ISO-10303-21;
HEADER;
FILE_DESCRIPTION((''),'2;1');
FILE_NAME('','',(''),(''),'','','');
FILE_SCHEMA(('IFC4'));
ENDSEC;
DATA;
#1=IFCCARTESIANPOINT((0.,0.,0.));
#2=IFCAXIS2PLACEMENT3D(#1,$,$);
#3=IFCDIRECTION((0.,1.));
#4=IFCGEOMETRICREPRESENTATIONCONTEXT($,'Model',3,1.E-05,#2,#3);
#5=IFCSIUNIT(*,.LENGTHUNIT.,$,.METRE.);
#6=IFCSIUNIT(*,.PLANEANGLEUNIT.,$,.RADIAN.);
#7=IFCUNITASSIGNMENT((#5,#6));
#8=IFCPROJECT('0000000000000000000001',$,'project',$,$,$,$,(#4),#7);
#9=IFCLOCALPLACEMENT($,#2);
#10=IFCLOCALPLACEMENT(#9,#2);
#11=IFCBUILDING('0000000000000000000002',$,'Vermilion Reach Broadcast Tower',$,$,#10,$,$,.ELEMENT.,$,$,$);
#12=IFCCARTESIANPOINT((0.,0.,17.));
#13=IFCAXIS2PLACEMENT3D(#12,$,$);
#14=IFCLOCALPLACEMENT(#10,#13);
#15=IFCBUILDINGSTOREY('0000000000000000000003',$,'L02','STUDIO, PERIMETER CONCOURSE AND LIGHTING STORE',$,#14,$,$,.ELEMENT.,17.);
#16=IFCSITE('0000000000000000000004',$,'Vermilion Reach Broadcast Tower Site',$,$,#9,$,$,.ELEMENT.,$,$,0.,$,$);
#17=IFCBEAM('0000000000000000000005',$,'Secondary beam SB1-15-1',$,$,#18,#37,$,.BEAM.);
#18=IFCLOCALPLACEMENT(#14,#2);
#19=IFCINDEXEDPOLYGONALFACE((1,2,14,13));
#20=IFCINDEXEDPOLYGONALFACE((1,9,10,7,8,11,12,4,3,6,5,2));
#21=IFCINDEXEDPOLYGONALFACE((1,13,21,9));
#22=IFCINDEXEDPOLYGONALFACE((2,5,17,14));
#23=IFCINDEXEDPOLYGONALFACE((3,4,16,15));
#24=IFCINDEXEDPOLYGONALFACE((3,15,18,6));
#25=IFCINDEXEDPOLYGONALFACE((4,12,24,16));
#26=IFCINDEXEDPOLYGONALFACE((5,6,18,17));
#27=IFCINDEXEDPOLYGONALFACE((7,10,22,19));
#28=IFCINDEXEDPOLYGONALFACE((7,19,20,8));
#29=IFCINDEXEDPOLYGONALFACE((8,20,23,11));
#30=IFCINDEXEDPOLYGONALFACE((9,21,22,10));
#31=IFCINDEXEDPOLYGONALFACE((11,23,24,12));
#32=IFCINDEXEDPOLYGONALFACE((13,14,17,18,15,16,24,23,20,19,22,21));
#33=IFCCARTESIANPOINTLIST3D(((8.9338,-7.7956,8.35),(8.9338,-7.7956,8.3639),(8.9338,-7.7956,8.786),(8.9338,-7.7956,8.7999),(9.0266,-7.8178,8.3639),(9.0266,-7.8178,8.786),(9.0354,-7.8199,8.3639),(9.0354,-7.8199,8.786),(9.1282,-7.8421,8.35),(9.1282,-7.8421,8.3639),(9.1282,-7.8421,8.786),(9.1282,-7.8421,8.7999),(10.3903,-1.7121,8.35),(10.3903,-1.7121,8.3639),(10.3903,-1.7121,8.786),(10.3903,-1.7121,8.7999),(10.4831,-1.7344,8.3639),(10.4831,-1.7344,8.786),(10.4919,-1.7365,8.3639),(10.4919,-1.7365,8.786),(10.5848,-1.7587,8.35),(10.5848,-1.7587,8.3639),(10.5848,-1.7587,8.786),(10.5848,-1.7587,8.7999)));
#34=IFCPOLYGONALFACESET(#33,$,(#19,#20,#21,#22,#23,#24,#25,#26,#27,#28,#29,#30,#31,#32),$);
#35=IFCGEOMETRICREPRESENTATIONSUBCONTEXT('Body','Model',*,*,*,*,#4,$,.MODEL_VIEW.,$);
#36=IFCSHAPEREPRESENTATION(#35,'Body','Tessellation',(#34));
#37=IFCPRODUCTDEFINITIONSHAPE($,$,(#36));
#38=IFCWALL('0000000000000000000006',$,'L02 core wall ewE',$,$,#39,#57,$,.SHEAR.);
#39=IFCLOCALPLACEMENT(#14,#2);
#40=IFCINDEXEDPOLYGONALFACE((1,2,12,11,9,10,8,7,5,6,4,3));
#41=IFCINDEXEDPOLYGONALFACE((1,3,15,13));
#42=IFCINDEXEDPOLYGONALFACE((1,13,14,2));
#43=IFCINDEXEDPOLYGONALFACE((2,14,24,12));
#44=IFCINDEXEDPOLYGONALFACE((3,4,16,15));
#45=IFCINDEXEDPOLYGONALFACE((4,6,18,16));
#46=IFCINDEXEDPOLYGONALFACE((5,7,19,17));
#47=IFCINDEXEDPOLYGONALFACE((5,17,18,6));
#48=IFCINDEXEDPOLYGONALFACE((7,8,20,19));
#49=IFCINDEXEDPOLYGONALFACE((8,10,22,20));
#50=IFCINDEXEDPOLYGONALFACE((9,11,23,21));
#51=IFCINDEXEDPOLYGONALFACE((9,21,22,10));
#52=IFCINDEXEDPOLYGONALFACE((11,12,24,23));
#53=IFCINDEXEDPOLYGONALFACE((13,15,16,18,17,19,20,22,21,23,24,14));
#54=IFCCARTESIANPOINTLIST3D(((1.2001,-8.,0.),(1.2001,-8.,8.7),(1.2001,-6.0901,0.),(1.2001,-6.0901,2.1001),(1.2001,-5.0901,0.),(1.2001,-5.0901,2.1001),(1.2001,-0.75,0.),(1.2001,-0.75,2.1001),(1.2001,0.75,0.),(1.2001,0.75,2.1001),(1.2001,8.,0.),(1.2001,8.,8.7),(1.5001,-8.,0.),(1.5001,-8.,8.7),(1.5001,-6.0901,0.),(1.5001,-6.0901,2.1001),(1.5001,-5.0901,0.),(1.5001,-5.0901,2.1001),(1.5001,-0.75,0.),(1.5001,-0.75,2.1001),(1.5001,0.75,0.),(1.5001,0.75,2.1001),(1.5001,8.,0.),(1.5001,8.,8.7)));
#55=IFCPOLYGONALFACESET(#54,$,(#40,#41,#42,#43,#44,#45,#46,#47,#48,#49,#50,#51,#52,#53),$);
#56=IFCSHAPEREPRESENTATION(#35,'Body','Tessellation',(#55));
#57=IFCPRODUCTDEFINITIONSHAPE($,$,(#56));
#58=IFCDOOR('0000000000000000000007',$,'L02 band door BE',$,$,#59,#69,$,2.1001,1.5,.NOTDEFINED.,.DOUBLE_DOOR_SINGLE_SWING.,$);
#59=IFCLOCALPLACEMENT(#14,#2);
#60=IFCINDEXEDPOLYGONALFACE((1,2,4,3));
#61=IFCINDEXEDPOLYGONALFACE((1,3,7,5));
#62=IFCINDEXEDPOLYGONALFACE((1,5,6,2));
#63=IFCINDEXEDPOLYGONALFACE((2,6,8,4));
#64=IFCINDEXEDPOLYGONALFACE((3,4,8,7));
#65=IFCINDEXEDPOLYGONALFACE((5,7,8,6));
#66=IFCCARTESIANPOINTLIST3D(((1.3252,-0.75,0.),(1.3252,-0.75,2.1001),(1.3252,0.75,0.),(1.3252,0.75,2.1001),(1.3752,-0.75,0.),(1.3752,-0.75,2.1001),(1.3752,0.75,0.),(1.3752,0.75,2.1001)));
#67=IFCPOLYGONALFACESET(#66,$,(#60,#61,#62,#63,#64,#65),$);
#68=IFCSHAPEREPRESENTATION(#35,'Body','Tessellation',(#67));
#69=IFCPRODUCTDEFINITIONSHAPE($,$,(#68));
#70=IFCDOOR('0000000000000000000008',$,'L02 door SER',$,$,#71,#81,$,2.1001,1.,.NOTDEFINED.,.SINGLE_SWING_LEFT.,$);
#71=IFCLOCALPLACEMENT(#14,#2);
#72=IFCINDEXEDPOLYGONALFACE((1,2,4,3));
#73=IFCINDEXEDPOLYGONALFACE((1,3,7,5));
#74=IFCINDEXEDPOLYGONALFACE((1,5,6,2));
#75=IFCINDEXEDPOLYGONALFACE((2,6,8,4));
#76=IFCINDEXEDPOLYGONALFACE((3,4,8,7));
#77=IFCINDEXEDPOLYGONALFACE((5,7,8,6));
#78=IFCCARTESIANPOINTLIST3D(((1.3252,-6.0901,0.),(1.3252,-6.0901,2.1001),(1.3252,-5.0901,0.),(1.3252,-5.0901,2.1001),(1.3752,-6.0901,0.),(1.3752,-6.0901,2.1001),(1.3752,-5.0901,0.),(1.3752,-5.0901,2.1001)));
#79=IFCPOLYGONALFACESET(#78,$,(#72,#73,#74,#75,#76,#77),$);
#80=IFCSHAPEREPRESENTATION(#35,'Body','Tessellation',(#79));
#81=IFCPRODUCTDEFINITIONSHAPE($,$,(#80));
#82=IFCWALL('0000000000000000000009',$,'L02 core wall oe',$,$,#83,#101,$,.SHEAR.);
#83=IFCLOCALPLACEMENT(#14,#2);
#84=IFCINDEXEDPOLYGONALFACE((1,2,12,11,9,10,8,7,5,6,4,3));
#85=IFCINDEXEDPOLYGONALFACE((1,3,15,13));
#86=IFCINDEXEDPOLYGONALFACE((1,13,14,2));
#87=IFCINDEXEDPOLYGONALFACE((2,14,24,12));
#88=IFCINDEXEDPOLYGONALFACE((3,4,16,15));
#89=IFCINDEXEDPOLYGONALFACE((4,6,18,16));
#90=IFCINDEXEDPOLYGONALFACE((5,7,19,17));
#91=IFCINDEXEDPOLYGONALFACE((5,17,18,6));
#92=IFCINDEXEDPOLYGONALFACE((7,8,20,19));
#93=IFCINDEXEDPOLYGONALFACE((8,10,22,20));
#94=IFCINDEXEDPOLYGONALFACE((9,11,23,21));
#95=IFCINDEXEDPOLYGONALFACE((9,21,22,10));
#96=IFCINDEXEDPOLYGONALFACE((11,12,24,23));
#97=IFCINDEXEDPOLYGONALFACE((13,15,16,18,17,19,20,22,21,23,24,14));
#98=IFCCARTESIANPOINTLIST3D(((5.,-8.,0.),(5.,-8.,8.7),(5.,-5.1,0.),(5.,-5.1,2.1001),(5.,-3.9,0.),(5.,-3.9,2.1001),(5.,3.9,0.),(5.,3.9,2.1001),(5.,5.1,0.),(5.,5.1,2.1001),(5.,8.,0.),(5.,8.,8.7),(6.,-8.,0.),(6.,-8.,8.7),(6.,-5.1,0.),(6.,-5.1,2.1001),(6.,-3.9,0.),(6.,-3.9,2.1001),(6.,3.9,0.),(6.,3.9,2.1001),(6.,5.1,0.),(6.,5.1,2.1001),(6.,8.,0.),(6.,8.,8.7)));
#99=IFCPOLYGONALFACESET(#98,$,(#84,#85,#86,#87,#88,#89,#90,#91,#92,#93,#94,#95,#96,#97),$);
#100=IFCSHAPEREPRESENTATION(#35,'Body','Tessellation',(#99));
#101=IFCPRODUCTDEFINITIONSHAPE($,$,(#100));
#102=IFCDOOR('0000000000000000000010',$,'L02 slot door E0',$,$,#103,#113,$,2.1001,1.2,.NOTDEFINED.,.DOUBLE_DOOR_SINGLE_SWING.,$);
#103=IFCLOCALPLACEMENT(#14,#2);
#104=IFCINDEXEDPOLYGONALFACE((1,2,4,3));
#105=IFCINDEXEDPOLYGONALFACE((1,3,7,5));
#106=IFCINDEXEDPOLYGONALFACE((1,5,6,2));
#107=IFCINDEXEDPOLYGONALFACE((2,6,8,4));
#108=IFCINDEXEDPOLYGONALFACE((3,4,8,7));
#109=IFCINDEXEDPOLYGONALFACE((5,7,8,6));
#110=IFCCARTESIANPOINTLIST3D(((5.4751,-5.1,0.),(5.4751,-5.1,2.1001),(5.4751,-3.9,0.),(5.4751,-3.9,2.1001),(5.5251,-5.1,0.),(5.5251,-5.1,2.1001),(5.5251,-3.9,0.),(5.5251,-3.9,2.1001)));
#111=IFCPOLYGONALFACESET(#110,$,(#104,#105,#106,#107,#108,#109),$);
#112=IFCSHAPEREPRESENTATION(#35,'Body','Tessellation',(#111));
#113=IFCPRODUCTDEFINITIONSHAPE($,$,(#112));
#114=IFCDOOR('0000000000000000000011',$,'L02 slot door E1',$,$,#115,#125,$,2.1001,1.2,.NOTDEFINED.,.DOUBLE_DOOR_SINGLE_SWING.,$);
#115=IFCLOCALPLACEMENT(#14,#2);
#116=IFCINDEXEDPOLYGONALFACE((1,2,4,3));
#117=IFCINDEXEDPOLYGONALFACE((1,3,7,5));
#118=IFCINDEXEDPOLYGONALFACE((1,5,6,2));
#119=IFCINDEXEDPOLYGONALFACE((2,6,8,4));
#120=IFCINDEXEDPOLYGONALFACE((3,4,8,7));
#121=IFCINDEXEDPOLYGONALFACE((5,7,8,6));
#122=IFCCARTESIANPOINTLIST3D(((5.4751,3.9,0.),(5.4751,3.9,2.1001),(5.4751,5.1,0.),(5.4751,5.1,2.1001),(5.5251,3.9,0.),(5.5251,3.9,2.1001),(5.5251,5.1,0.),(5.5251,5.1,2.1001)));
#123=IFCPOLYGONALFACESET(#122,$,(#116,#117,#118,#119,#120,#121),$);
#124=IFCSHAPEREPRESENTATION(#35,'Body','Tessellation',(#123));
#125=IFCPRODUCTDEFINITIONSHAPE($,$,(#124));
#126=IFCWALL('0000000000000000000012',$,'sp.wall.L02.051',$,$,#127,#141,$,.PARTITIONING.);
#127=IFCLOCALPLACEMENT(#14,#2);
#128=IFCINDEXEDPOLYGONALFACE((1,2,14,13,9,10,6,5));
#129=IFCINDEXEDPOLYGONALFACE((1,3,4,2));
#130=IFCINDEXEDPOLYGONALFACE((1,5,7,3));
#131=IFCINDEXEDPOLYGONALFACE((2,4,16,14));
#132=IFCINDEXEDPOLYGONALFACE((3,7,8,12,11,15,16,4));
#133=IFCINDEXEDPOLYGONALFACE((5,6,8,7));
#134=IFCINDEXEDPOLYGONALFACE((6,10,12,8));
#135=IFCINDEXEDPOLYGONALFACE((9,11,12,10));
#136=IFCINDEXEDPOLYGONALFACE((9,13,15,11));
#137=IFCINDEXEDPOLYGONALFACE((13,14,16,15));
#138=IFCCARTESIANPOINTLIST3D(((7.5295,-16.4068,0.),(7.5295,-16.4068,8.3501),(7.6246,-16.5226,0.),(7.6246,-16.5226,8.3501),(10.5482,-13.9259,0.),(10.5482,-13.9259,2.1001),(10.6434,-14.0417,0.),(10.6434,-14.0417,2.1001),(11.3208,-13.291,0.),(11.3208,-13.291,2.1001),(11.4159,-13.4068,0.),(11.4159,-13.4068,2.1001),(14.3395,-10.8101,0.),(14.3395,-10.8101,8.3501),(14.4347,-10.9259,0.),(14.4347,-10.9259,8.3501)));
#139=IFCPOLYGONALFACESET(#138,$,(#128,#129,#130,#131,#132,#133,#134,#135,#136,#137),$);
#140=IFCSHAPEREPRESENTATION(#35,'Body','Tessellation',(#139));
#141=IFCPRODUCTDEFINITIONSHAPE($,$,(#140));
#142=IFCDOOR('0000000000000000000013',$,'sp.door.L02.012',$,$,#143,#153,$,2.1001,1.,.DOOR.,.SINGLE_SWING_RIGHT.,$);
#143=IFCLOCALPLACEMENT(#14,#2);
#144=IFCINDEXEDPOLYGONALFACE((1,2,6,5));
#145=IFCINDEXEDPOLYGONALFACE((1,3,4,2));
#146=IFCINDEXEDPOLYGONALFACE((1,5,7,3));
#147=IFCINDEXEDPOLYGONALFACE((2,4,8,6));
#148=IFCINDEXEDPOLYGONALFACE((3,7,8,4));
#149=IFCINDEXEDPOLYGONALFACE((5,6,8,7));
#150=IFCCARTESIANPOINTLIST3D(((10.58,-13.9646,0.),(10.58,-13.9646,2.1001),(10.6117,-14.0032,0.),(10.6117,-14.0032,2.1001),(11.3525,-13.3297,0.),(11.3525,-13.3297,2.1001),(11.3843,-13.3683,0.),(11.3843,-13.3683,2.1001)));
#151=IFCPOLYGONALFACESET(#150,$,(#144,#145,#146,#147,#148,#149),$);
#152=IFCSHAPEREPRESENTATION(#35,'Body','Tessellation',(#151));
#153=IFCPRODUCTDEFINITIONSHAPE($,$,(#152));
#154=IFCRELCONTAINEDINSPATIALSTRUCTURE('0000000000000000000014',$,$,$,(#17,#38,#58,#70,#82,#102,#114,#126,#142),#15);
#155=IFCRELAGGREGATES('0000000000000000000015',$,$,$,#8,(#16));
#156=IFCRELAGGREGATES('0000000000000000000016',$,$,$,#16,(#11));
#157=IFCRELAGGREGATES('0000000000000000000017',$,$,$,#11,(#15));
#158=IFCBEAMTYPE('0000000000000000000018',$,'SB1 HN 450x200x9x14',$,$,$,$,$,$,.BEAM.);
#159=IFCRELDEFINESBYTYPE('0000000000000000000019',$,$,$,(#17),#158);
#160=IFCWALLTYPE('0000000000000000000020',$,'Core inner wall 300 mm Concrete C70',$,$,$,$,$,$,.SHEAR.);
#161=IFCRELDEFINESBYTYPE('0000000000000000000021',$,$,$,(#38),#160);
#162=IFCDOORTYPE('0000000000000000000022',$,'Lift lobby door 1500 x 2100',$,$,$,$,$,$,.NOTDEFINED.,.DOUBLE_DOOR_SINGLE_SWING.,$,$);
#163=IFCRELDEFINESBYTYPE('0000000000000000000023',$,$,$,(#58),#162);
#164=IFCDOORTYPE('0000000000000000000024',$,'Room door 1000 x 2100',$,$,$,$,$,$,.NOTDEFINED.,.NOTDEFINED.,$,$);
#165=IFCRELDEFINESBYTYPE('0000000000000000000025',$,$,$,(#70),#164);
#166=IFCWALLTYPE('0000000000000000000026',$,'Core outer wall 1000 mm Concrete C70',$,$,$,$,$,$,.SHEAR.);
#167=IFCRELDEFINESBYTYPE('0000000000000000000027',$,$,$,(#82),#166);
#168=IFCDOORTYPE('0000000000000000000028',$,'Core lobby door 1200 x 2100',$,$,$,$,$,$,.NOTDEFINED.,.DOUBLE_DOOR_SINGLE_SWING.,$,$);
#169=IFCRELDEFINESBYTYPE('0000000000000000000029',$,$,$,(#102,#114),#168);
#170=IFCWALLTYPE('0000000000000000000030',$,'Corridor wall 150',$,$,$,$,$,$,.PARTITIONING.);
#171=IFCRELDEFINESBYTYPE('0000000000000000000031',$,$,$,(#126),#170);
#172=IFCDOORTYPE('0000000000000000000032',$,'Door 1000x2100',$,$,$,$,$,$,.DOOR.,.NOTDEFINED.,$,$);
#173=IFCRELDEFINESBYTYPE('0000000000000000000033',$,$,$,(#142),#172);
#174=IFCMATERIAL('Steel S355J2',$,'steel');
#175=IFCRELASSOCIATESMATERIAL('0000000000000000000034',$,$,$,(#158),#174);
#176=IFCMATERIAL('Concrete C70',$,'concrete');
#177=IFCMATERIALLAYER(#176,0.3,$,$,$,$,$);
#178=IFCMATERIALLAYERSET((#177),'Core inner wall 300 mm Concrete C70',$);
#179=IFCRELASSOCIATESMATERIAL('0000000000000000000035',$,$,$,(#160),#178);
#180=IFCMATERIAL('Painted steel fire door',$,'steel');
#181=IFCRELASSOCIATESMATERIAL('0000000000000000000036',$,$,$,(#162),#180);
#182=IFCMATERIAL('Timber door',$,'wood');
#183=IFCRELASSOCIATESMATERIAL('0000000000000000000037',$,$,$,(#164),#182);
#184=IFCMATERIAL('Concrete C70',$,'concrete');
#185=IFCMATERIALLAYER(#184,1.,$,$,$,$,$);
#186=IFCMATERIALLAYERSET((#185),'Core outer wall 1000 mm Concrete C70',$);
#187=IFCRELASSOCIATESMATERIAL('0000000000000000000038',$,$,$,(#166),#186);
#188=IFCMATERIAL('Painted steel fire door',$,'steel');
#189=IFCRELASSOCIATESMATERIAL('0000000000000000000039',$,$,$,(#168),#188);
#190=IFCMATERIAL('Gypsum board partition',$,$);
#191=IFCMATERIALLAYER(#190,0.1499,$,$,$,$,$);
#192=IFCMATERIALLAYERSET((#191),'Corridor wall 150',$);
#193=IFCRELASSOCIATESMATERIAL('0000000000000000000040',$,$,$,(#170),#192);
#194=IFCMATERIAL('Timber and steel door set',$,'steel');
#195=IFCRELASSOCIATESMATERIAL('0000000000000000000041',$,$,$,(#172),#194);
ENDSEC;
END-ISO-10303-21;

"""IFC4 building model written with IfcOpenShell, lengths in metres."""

from ifc_helpers import new_model, si_unit, direction, frame, frame_2d, origin, origin_2d, place, context, subcontext, project, spatial, rectangle, i_section, extrude, material, layer, layer_set, material_profile, profile_set, type_object, element, fill, save


model = new_model("IFC4")

# Units and contexts
model_context = context("Model", 3, precision=1e-05, world=origin(), true_north=direction((0.0, 1.0)))
body_context = subcontext(model_context, "Body", "Model", "MODEL_VIEW")
ifc_project = project(units=[si_unit("LENGTHUNIT", "METRE"), si_unit("PLANEANGLEUNIT", "RADIAN")], contexts=[model_context])

# Site, building, storey
site_placement = place(None, origin())
site = spatial("IfcSite", under=ifc_project, at=site_placement, Name="Vermilion Reach Broadcast Tower Site", CompositionType="ELEMENT", RefElevation=0.0)
building_placement = place(site_placement, origin())
building = spatial("IfcBuilding", under=site, at=building_placement, Name="Vermilion Reach Broadcast Tower", CompositionType="ELEMENT")
storey_placement = place(building_placement, frame((0.0, 0.0, 17.0)))
storey = spatial("IfcBuildingStorey", under=building, at=storey_placement, Name="L02", Description="STUDIO, PERIMETER CONCOURSE AND LIGHTING STORE", CompositionType="ELEMENT", Elevation=17.0)

# Beam
ifc_material_1 = material(Name="Steel S355J2", Category="steel")
ifc_material_profile_1 = material_profile(ifc_material_1, i_section(OverallWidth=0.2, OverallDepth=0.45, WebThickness=0.009, FlangeThickness=0.0139, at=origin_2d()), Name="S355J2 HN 450x200x9x14")
ifc_profile_set_1 = profile_set([ifc_material_profile_1], Name="Steel S355J2")
beam_type_1 = type_object("IfcBeamType", Name="SB1 HN 450x200x9x14", PredefinedType="BEAM", material=ifc_profile_set_1)
beam_1_placement = place(storey_placement, frame((9.031, -7.8188, 8.575), z_axis=(0.232844, 0.972514, 0.0), x_axis=(-0.972514, 0.232844, 0.0)))
element("IfcBeam", 1, at=beam_1_placement, inside=storey, type_object=beam_type_1, Name="Secondary beam SB1-15-1", PredefinedType="BEAM", context=body_context, shape_type="SweptSolid", body=[
    extrude(i_section(OverallWidth=0.2, OverallDepth=0.45, WebThickness=0.009, FlangeThickness=0.0139, at=origin_2d()), origin(), (0.0, 0.0, 1.0), 6.2554),
])

# Walls, openings, doors
ifc_material_2 = material(Name="Concrete C70", Category="concrete")
ifc_layer_1 = layer(ifc_material_2, 0.3)
ifc_layer_set_1 = layer_set([ifc_layer_1], Name="Core inner wall 300 mm Concrete C70")
wall_type_1 = type_object("IfcWallType", Name="Core inner wall 300 mm Concrete C70", PredefinedType="SHEAR", material=ifc_layer_set_1)
wall_1_placement = place(storey_placement, frame((1.3501, -8.0, 0.0), z_axis=(0.0, 0.0, 1.0), x_axis=(0.0, 1.0, 0.0)))
wall_1 = element("IfcWall", 2, at=wall_1_placement, inside=storey, type_object=wall_type_1, Name="L02 core wall ewE", PredefinedType="SHEAR", context=body_context, shape_type="SweptSolid", body=[
    extrude(rectangle(XDim=16.0, YDim=0.3, at=frame_2d((8.0, 0.0))), origin(), (0.0, 0.0, 1.0), 8.7),
])
opening_1_placement = place(wall_1_placement, frame((1.9099, 0.0, 0.0)))
opening_1 = element("IfcOpeningElement", 3, at=opening_1_placement, cuts=wall_1, PredefinedType="OPENING", context=body_context, shape_type="SweptSolid", body=[
    extrude(rectangle(XDim=1.0, YDim=2.1001, at=frame_2d((0.5, 1.05))), frame((0.0, 0.1599, 0.0), z_axis=(0.0, -1.0, 0.0), x_axis=(1.0, 0.0, 0.0)), (0.0, 0.0, 1.0), 0.3201),
])
opening_2_placement = place(wall_1_placement, frame((7.25, 0.0, 0.0)))
opening_2 = element("IfcOpeningElement", 4, at=opening_2_placement, cuts=wall_1, PredefinedType="OPENING", context=body_context, shape_type="SweptSolid", body=[
    extrude(rectangle(XDim=1.5, YDim=2.1001, at=frame_2d((0.75, 1.05))), frame((0.0, 0.1599, 0.0), z_axis=(0.0, -1.0, 0.0), x_axis=(1.0, 0.0, 0.0)), (0.0, 0.0, 1.0), 0.3201),
])
ifc_material_3 = material(Name="Painted steel fire door", Category="steel")
door_type_1 = type_object("IfcDoorType", Name="Lift lobby door 1500 x 2100", OperationType="DOUBLE_DOOR_SINGLE_SWING", PredefinedType="NOTDEFINED", material=ifc_material_3)
door_1_placement = place(opening_2_placement, origin())
door_1 = element("IfcDoor", 5, at=door_1_placement, inside=storey, type_object=door_type_1, Name="L02 band door BE", OperationType="DOUBLE_DOOR_SINGLE_SWING", OverallHeight=2.1001, OverallWidth=1.5, PredefinedType="NOTDEFINED", context=body_context, shape_type="SweptSolid", body=[
    extrude(rectangle(XDim=1.5, YDim=2.1001, at=frame_2d((0.75, 1.05))), frame((0.0, 0.0249, 0.0), z_axis=(0.0, -1.0, 0.0), x_axis=(1.0, 0.0, 0.0)), (0.0, 0.0, 1.0), 0.05),
])
fill(opening_2, door_1)
ifc_material_4 = material(Name="Timber door", Category="wood")
door_type_2 = type_object("IfcDoorType", Name="Room door 1000 x 2100", OperationType="NOTDEFINED", PredefinedType="NOTDEFINED", material=ifc_material_4)
door_2_placement = place(opening_1_placement, origin())
door_2 = element("IfcDoor", 6, at=door_2_placement, inside=storey, type_object=door_type_2, Name="L02 door SER", OperationType="SINGLE_SWING_LEFT", OverallHeight=2.1001, OverallWidth=1.0, PredefinedType="NOTDEFINED", context=body_context, shape_type="SweptSolid", body=[
    extrude(rectangle(XDim=1.0, YDim=2.1001, at=frame_2d((0.5, 1.05))), frame((0.0, 0.0249, 0.0), z_axis=(0.0, -1.0, 0.0), x_axis=(1.0, 0.0, 0.0)), (0.0, 0.0, 1.0), 0.05),
])
fill(opening_1, door_2)
ifc_material_5 = material(Name="Concrete C70", Category="concrete")
ifc_layer_2 = layer(ifc_material_5, 1.0)
ifc_layer_set_2 = layer_set([ifc_layer_2], Name="Core outer wall 1000 mm Concrete C70")
wall_type_2 = type_object("IfcWallType", Name="Core outer wall 1000 mm Concrete C70", PredefinedType="SHEAR", material=ifc_layer_set_2)
wall_2_placement = place(storey_placement, frame((5.5, -8.0, 0.0), z_axis=(0.0, 0.0, 1.0), x_axis=(0.0, 1.0, 0.0)))
wall_2 = element("IfcWall", 7, at=wall_2_placement, inside=storey, type_object=wall_type_2, Name="L02 core wall oe", PredefinedType="SHEAR", context=body_context, shape_type="SweptSolid", body=[
    extrude(rectangle(XDim=16.0, YDim=1.0, at=frame_2d((8.0, 0.0))), origin(), (0.0, 0.0, 1.0), 8.7),
])
opening_3_placement = place(wall_2_placement, frame((2.8999, 0.0, 0.0)))
opening_3 = element("IfcOpeningElement", 8, at=opening_3_placement, cuts=wall_2, PredefinedType="OPENING", context=body_context, shape_type="SweptSolid", body=[
    extrude(rectangle(XDim=1.2, YDim=2.1001, at=frame_2d((0.6001, 1.05))), frame((0.0, 0.51, 0.0), z_axis=(0.0, -1.0, 0.0), x_axis=(1.0, 0.0, 0.0)), (0.0, 0.0, 1.0), 1.02),
])
opening_4_placement = place(wall_2_placement, frame((11.8999, 0.0, 0.0)))
opening_4 = element("IfcOpeningElement", 9, at=opening_4_placement, cuts=wall_2, PredefinedType="OPENING", context=body_context, shape_type="SweptSolid", body=[
    extrude(rectangle(XDim=1.2, YDim=2.1001, at=frame_2d((0.6001, 1.05))), frame((0.0, 0.51, 0.0), z_axis=(0.0, -1.0, 0.0), x_axis=(1.0, 0.0, 0.0)), (0.0, 0.0, 1.0), 1.02),
])
ifc_material_6 = material(Name="Painted steel fire door", Category="steel")
door_type_3 = type_object("IfcDoorType", Name="Core lobby door 1200 x 2100", OperationType="DOUBLE_DOOR_SINGLE_SWING", PredefinedType="NOTDEFINED", material=ifc_material_6)
door_3_placement = place(opening_3_placement, origin())
door_3 = element("IfcDoor", 10, at=door_3_placement, inside=storey, type_object=door_type_3, Name="L02 slot door E0", OperationType="DOUBLE_DOOR_SINGLE_SWING", OverallHeight=2.1001, OverallWidth=1.2, PredefinedType="NOTDEFINED", context=body_context, shape_type="SweptSolid", body=[
    extrude(rectangle(XDim=1.2, YDim=2.1001, at=frame_2d((0.6001, 1.05))), frame((0.0, 0.0249, 0.0), z_axis=(0.0, -1.0, 0.0), x_axis=(1.0, 0.0, 0.0)), (0.0, 0.0, 1.0), 0.05),
])
fill(opening_3, door_3)
door_4_placement = place(opening_4_placement, origin())
door_4 = element("IfcDoor", 11, at=door_4_placement, inside=storey, type_object=door_type_3, Name="L02 slot door E1", OperationType="DOUBLE_DOOR_SINGLE_SWING", OverallHeight=2.1001, OverallWidth=1.2, PredefinedType="NOTDEFINED", context=body_context, shape_type="SweptSolid", body=[
    extrude(rectangle(XDim=1.2, YDim=2.1001, at=frame_2d((0.6001, 1.05))), frame((0.0, 0.0249, 0.0), z_axis=(0.0, -1.0, 0.0), x_axis=(1.0, 0.0, 0.0)), (0.0, 0.0, 1.0), 0.05),
])
fill(opening_4, door_4)

# Wall, opening, door
ifc_material_7 = material(Name="Gypsum board partition")
ifc_layer_3 = layer(ifc_material_7, 0.1499)
ifc_layer_set_3 = layer_set([ifc_layer_3], Name="Corridor wall 150")
wall_type_3 = type_object("IfcWallType", Name="Corridor wall 150", PredefinedType="PARTITIONING", material=ifc_layer_set_3)
wall_3_placement = place(storey_placement, frame((7.5771, -16.4646, 0.0), z_axis=(0.0, 0.0, 1.0), x_axis=(0.772576, 0.634923, 0.0)))
wall_3 = element("IfcWall", 12, at=wall_3_placement, inside=storey, type_object=wall_type_3, Name="sp.wall.L02.051", PredefinedType="PARTITIONING", context=body_context, shape_type="SweptSolid", body=[
    extrude(rectangle(XDim=8.8147, YDim=0.1499, at=frame_2d((4.4072, 0.0))), origin(), (0.0, 0.0, 1.0), 8.3501),
])
opening_5_placement = place(wall_3_placement, frame((3.9072, 0.0, 0.0)))
opening_5 = element("IfcOpeningElement", 13, at=opening_5_placement, cuts=wall_3, PredefinedType="OPENING", context=body_context, shape_type="SweptSolid", body=[
    extrude(rectangle(XDim=1.0, YDim=2.1001, at=frame_2d((0.5, 1.05))), frame((0.0, 0.085, 0.0), z_axis=(0.0, -1.0, 0.0), x_axis=(1.0, 0.0, 0.0)), (0.0, 0.0, 1.0), 0.1699),
])
ifc_material_8 = material(Name="Timber and steel door set", Category="steel")
door_type_4 = type_object("IfcDoorType", Name="Door 1000x2100", OperationType="NOTDEFINED", PredefinedType="DOOR", material=ifc_material_8)
door_5_placement = place(opening_5_placement, origin())
door_5 = element("IfcDoor", 14, at=door_5_placement, inside=storey, type_object=door_type_4, Name="sp.door.L02.012", OperationType="SINGLE_SWING_RIGHT", OverallHeight=2.1001, OverallWidth=1.0, PredefinedType="DOOR", context=body_context, shape_type="SweptSolid", body=[
    extrude(rectangle(XDim=1.0, YDim=2.1001, at=frame_2d((0.5, 1.05))), frame((0.0, 0.0249, 0.0), z_axis=(0.0, -1.0, 0.0), x_axis=(1.0, 0.0, 0.0)), (0.0, 0.0, 1.0), 0.05),
])
fill(opening_5, door_5)

save(model, "model.ifc")
